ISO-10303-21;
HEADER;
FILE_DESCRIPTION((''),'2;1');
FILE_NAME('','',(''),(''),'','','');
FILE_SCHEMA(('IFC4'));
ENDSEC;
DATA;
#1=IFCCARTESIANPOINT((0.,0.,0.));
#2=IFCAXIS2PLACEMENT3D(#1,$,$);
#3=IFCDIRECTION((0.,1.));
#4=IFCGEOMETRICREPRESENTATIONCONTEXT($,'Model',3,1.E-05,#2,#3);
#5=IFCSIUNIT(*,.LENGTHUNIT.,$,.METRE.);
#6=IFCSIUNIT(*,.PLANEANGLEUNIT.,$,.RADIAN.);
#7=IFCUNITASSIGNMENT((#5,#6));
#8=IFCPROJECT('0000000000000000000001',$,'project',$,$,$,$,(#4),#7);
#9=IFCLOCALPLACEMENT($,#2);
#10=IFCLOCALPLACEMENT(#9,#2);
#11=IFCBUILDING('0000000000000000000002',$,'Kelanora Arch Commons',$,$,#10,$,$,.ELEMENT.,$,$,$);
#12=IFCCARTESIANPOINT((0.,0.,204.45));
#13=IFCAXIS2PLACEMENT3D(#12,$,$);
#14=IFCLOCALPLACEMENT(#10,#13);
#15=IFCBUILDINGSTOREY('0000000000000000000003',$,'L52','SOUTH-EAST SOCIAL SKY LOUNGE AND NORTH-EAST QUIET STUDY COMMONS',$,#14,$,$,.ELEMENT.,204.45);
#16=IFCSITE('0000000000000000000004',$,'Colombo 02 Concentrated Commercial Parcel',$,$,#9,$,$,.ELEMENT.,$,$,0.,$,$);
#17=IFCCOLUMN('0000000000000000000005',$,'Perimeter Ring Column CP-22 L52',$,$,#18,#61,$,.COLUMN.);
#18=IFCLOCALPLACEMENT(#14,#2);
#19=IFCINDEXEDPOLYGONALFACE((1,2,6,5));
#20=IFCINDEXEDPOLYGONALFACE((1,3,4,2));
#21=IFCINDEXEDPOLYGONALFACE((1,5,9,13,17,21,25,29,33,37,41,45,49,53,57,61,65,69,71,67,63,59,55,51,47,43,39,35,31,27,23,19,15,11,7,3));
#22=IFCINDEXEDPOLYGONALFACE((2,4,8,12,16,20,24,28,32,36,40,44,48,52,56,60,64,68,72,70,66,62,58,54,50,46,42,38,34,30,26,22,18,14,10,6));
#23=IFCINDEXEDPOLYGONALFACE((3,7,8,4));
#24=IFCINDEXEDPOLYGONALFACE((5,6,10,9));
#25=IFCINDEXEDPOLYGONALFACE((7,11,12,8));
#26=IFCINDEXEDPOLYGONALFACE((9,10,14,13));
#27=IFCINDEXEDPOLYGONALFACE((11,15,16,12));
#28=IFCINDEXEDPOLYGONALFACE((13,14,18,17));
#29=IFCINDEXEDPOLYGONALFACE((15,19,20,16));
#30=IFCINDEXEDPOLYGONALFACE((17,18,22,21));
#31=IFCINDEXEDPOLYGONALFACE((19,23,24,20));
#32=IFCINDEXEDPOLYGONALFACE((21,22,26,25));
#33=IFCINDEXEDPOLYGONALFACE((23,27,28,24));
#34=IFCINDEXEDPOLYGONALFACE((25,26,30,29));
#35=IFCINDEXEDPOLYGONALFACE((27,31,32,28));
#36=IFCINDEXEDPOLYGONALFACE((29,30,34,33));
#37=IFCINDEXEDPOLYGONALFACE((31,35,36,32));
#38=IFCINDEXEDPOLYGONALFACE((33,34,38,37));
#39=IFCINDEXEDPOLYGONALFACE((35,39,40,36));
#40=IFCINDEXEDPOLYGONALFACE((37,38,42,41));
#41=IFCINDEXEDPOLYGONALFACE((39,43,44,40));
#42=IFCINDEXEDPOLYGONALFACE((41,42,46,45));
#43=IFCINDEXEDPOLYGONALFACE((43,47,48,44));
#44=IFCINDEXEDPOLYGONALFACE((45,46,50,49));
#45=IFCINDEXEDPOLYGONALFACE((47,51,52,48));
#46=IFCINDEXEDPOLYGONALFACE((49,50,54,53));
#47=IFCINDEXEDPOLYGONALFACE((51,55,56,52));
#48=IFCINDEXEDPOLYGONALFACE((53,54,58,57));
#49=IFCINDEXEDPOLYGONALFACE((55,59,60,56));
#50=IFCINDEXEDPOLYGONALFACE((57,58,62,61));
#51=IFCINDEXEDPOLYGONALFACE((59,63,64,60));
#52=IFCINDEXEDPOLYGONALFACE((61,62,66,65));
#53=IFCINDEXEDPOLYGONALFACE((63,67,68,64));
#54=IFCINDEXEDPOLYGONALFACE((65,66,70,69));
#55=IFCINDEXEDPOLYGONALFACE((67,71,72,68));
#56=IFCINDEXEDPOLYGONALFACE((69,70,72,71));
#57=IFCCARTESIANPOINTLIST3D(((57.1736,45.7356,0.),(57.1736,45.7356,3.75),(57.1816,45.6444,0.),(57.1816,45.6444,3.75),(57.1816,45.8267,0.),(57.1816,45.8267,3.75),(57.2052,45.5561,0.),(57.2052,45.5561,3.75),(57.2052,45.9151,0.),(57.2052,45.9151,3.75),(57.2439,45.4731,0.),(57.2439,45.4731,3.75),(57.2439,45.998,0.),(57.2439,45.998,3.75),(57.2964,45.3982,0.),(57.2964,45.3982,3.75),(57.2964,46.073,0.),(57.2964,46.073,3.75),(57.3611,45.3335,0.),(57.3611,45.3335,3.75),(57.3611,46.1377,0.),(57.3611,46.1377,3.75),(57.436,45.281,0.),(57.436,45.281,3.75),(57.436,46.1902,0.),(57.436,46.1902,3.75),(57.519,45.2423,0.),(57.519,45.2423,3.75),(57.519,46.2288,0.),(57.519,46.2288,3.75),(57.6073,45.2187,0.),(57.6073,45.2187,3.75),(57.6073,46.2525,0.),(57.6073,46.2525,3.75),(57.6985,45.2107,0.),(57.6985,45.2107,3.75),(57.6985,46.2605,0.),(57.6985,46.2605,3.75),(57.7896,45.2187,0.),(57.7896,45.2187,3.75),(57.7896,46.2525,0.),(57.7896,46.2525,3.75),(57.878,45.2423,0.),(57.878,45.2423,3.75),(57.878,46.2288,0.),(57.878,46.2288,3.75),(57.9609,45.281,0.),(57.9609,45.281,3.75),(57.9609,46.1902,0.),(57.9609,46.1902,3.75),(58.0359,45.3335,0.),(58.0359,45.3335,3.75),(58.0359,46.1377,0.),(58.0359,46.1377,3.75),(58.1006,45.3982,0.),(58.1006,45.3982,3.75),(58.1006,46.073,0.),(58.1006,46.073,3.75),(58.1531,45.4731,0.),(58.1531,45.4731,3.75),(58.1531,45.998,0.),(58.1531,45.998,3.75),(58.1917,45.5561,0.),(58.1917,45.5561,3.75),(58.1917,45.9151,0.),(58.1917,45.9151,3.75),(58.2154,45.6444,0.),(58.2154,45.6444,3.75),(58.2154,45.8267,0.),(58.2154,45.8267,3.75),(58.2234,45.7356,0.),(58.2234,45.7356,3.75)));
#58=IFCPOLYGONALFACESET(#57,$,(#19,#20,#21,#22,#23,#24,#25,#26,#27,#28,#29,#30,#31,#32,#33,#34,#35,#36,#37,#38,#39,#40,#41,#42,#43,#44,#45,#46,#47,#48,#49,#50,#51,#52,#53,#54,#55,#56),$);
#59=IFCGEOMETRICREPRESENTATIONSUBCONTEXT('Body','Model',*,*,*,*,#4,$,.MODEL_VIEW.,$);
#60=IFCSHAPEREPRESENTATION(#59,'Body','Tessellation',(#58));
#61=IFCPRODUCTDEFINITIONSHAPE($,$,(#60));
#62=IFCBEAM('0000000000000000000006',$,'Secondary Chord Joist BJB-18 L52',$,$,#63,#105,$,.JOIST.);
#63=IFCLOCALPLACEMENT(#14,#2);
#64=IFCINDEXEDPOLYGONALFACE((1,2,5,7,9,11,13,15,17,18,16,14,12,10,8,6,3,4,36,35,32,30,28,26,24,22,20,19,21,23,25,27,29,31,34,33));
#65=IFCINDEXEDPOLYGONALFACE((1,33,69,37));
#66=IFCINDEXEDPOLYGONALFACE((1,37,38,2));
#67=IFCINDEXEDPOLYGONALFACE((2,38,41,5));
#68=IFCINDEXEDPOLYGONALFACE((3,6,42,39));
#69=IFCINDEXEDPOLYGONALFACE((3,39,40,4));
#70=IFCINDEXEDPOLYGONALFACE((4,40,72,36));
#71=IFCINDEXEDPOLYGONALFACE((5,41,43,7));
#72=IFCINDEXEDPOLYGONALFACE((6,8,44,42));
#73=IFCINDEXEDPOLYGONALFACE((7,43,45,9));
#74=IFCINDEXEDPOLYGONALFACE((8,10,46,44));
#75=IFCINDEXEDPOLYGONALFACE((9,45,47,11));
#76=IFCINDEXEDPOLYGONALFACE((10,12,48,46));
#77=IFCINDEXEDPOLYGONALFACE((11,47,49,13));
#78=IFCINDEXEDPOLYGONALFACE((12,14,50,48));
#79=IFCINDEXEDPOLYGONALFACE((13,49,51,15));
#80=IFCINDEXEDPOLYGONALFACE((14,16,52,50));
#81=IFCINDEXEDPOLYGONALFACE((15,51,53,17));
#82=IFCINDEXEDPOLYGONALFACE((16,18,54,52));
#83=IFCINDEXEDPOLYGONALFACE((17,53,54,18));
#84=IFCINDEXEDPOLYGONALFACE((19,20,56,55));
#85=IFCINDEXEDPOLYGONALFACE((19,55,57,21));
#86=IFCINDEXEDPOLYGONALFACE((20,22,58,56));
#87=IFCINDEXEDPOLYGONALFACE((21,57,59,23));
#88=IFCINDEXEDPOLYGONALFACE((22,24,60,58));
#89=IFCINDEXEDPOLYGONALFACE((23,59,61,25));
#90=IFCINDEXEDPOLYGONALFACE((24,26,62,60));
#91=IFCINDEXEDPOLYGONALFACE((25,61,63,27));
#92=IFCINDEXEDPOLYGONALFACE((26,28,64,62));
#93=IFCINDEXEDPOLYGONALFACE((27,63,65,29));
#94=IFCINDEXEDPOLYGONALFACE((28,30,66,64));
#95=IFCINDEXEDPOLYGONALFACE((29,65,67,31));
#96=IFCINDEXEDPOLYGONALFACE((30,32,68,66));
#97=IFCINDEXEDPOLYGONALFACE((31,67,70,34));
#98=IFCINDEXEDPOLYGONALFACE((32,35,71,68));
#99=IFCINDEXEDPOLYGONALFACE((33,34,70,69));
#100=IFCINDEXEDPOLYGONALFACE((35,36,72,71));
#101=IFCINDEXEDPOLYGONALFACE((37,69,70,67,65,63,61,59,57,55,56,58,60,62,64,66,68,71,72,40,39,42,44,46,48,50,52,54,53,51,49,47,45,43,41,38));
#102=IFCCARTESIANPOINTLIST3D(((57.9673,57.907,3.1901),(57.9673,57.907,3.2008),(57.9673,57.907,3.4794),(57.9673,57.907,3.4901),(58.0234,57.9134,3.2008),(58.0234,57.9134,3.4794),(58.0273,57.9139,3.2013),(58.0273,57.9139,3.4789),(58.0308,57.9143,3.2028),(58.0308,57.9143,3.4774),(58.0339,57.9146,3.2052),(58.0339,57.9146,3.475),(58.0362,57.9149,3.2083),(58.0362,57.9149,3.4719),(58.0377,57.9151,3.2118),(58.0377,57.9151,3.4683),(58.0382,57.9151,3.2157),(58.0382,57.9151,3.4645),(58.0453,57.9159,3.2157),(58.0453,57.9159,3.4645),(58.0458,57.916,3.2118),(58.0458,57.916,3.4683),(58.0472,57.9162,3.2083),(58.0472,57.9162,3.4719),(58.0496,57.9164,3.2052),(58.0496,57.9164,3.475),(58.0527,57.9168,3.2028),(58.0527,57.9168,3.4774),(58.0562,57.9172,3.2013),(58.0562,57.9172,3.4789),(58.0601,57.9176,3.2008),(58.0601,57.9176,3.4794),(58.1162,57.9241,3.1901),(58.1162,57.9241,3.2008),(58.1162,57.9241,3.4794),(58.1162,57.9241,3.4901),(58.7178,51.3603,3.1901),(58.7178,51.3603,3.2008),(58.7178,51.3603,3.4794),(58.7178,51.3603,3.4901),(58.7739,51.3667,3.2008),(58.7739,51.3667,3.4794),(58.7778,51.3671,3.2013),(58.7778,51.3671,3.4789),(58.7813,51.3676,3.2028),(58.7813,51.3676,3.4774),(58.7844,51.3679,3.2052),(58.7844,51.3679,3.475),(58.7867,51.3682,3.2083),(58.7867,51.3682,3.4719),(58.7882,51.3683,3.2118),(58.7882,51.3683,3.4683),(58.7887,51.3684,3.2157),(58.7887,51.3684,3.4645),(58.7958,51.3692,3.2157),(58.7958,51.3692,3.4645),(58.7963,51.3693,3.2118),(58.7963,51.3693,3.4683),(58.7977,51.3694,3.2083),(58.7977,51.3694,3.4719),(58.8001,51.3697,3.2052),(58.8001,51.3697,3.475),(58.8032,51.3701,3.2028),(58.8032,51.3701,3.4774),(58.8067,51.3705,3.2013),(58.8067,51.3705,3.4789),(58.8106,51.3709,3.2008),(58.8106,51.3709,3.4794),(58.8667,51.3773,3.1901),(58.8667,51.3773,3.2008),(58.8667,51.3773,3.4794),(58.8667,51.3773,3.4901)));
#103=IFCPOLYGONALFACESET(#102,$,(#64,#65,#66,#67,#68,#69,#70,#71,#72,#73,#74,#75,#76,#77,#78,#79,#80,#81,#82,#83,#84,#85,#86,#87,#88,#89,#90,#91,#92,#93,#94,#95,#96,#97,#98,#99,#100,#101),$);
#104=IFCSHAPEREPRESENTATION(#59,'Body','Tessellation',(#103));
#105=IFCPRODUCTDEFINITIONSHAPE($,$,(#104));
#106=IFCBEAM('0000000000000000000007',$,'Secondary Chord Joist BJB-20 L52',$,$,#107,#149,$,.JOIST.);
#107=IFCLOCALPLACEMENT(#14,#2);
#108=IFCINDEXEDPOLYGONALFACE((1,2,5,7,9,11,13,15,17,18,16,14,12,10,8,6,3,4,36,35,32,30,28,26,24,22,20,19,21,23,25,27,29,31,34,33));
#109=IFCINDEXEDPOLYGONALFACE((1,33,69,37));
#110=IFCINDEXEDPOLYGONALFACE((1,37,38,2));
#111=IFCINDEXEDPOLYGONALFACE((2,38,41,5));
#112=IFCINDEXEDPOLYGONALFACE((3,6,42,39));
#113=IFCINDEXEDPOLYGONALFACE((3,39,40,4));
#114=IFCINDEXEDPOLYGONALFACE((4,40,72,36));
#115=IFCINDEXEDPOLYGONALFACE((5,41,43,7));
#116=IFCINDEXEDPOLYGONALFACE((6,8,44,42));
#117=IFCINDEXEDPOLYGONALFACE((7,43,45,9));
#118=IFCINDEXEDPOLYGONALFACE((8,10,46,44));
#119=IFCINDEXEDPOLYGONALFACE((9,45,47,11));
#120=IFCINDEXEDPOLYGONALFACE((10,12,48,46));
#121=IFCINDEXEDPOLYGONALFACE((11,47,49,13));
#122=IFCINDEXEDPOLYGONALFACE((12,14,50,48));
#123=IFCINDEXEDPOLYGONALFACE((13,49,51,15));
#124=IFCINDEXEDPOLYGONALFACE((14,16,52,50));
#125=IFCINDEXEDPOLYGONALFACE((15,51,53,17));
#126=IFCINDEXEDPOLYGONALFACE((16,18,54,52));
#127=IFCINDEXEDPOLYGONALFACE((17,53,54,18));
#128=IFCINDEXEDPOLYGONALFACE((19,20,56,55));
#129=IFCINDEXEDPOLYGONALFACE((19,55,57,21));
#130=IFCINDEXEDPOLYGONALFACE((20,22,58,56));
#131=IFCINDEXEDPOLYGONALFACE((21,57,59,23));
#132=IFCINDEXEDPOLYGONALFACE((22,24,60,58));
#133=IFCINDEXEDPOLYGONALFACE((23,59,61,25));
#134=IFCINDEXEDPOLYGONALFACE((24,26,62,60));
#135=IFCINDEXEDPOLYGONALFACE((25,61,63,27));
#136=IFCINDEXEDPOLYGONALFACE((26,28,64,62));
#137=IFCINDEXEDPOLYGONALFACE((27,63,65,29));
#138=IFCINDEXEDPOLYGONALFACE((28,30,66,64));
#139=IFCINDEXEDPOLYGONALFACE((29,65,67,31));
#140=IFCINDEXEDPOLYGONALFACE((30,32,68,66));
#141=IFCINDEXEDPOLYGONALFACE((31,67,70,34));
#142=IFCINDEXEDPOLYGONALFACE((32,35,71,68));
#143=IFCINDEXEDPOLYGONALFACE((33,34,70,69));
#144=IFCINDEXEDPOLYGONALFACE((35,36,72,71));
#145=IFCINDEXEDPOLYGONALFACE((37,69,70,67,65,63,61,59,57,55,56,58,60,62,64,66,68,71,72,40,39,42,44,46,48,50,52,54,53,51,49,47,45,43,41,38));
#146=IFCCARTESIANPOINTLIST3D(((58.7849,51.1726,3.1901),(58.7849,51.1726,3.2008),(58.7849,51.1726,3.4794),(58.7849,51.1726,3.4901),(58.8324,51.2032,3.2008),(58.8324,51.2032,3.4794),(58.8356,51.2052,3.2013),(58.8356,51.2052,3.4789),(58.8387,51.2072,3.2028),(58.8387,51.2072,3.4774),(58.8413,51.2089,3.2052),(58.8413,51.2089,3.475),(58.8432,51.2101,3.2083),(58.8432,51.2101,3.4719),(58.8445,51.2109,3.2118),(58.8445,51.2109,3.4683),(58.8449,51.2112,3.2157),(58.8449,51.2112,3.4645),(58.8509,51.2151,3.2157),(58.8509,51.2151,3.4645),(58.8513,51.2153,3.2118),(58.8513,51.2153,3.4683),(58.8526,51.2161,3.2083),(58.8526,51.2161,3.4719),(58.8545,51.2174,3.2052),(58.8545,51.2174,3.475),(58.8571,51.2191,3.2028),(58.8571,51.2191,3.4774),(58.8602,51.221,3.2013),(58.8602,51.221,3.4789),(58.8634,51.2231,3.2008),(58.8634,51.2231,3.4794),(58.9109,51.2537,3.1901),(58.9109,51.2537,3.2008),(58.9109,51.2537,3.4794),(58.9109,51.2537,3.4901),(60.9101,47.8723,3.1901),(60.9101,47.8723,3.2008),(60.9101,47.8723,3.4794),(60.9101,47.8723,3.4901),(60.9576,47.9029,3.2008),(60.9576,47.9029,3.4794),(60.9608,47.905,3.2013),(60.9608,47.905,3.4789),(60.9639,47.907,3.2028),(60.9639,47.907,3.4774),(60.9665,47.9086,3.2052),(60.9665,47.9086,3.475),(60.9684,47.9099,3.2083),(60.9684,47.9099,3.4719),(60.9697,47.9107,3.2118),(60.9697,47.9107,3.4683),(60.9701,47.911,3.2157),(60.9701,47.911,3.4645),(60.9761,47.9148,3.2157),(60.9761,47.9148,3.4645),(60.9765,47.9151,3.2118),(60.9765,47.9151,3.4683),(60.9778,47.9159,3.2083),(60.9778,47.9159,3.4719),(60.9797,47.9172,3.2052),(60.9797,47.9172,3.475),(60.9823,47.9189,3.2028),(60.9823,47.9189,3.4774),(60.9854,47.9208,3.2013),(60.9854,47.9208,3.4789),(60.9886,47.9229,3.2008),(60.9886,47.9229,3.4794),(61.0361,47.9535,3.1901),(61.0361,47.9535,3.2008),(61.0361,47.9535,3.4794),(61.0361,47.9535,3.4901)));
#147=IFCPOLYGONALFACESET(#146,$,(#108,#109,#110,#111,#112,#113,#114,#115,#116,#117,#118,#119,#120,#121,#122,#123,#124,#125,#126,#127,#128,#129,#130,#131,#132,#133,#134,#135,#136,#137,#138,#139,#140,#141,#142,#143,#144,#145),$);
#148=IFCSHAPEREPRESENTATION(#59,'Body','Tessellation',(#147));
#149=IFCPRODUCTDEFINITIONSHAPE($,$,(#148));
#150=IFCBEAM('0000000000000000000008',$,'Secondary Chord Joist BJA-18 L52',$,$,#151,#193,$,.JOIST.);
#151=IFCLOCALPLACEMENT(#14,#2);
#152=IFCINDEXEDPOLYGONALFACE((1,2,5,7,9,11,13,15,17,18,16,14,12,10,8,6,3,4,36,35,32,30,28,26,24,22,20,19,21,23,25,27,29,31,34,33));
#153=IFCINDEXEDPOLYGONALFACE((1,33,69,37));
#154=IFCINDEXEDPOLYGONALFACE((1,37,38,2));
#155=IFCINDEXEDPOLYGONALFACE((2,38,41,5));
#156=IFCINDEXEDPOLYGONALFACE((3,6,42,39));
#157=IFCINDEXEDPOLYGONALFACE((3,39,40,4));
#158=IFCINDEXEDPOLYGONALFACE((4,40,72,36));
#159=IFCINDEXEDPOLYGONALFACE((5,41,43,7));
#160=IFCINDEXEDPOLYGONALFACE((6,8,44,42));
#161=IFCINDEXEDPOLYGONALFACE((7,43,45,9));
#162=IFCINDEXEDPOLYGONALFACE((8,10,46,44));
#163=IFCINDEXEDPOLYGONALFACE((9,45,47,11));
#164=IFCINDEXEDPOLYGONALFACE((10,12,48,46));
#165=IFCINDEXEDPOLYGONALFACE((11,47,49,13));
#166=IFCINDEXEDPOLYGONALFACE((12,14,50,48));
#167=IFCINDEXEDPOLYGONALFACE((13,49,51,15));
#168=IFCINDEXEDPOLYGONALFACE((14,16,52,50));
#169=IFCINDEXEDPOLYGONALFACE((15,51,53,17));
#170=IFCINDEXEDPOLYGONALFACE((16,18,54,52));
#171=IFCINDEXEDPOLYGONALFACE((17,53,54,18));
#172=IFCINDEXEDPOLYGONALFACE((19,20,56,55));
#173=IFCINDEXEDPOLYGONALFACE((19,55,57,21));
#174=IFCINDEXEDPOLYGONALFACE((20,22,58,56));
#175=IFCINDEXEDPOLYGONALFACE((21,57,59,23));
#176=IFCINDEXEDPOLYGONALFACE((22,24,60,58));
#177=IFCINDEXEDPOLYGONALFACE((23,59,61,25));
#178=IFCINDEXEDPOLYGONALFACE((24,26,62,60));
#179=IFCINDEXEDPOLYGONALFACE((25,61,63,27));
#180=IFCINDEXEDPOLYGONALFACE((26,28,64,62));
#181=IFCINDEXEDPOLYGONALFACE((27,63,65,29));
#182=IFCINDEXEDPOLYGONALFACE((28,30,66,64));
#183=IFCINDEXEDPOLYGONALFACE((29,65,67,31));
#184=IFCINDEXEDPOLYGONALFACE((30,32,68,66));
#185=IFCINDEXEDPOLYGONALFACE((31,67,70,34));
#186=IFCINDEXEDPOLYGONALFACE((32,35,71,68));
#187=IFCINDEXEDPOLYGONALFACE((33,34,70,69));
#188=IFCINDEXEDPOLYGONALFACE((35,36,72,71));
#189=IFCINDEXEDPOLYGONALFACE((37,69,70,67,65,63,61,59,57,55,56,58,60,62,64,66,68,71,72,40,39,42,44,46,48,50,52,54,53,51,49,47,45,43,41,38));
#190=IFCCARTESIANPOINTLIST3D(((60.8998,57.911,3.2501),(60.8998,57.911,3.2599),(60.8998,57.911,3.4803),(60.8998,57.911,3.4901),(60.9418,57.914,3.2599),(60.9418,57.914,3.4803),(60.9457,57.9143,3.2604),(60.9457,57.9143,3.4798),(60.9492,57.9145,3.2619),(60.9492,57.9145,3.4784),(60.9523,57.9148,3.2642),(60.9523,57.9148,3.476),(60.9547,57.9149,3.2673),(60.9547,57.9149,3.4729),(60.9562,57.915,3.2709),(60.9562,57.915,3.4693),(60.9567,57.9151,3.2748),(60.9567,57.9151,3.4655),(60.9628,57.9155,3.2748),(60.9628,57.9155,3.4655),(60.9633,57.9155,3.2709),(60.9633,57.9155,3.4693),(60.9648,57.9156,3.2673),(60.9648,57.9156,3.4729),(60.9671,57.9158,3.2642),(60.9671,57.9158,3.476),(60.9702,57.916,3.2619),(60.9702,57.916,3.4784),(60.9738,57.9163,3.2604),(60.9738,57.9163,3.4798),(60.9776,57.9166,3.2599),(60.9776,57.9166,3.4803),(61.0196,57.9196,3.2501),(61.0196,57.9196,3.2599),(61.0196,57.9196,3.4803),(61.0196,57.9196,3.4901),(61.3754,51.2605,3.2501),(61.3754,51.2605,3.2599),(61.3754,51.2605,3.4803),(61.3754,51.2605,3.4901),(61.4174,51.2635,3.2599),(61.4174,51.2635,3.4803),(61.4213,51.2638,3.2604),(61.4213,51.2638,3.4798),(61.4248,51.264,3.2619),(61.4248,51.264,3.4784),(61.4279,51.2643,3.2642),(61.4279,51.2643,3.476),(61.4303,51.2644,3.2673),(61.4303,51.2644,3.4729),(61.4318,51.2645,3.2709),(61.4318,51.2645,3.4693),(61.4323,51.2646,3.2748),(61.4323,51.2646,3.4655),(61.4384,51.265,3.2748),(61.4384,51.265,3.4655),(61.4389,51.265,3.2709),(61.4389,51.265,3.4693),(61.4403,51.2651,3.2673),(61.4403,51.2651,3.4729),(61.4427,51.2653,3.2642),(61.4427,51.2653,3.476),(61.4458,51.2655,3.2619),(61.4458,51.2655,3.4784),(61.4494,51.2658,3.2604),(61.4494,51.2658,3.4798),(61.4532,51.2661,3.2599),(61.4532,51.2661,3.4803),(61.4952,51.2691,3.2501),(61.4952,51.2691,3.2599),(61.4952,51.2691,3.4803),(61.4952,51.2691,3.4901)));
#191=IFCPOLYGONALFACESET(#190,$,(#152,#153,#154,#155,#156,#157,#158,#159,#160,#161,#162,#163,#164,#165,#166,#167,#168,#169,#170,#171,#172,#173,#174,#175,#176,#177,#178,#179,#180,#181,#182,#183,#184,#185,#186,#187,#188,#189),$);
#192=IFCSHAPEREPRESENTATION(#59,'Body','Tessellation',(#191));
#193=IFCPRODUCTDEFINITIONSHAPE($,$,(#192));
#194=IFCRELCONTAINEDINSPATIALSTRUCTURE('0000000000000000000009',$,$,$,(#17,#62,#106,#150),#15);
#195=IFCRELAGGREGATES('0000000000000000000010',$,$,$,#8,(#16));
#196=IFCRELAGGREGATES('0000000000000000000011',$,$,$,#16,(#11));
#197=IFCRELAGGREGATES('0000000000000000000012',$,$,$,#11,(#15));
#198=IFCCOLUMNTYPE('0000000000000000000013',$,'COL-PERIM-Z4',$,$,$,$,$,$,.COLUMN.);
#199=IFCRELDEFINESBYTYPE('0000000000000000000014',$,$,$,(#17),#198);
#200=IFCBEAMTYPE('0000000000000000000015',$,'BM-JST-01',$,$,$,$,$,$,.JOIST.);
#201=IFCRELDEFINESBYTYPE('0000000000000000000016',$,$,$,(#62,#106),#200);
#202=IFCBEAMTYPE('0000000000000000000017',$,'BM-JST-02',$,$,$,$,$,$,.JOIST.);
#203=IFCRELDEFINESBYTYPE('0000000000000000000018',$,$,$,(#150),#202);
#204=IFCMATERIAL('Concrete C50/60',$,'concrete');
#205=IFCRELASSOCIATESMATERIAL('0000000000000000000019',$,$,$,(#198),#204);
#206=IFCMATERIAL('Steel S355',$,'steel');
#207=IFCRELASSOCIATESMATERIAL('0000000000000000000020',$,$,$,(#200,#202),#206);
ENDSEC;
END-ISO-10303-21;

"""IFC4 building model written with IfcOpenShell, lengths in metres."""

from ifc_helpers import new_model, si_unit, direction, frame, origin, origin_2d, place, context, subcontext, project, spatial, circle, i_section, extrude, material, material_profile, profile_set, type_object, element, save


model = new_model("IFC4")

# Units and contexts
model_context = context("Model", 3, precision=1e-05, world=origin(), true_north=direction((0.0, 1.0)))
body_context = subcontext(model_context, "Body", "Model", "MODEL_VIEW")
ifc_project = project(units=[si_unit("LENGTHUNIT", "METRE"), si_unit("PLANEANGLEUNIT", "RADIAN")], contexts=[model_context])

# Site, building, storey
site_placement = place(None, origin())
site = spatial("IfcSite", under=ifc_project, at=site_placement, Name="Colombo 02 Concentrated Commercial Parcel", CompositionType="ELEMENT", RefElevation=0.0)
building_placement = place(site_placement, origin())
building = spatial("IfcBuilding", under=site, at=building_placement, Name="Kelanora Arch Commons", CompositionType="ELEMENT")
storey_placement = place(building_placement, frame((0.0, 0.0, 204.45)))
storey = spatial("IfcBuildingStorey", under=building, at=storey_placement, Name="L52", Description="SOUTH-EAST SOCIAL SKY LOUNGE AND NORTH-EAST QUIET STUDY COMMONS", CompositionType="ELEMENT", Elevation=204.45)

# Column
ifc_material_1 = material(Name="Concrete C50/60", Category="concrete")
ifc_material_profile_1 = material_profile(ifc_material_1, circle(Radius=0.5249, at=origin_2d()), Name="RCC1050")
ifc_profile_set_1 = profile_set([ifc_material_profile_1], Name="Concrete C50/60")
column_type = type_object("IfcColumnType", Name="COL-PERIM-Z4", PredefinedType="COLUMN", material=ifc_profile_set_1)
column_placement = place(storey_placement, frame((57.6985, 45.7356, 0.0), z_axis=(0.0, 0.0, 1.0), x_axis=(1.0, 0.0, 0.0)))
element("IfcColumn", 1, at=column_placement, inside=storey, type_object=column_type, Name="Perimeter Ring Column CP-22 L52", PredefinedType="COLUMN", context=body_context, shape_type="SweptSolid", body=[
    extrude(circle(Radius=0.5249, at=origin_2d()), origin(), (0.0, 0.0, 1.0), 3.75),
])

# Beams
ifc_material_2 = material(Name="Steel S355", Category="steel")
ifc_material_profile_2 = material_profile(ifc_material_2, i_section(OverallWidth=0.1499, OverallDepth=0.3, WebThickness=0.0071, FlangeThickness=0.0107, FilletRadius=0.0149, at=origin_2d()), Name="IPE300")
ifc_profile_set_2 = profile_set([ifc_material_profile_2], Name="Steel S355")
beam_type_1 = type_object("IfcBeamType", Name="BM-JST-01", PredefinedType="JOIST", material=ifc_profile_set_2)
beam_1_placement = place(storey_placement, frame((58.0417, 57.9155, 3.3401), z_axis=(0.113891, -0.993493, 0.0), x_axis=(0.993493, 0.113891, 0.0)))
element("IfcBeam", 2, at=beam_1_placement, inside=storey, type_object=beam_type_1, Name="Secondary Chord Joist BJB-18 L52", PredefinedType="JOIST", context=body_context, shape_type="SweptSolid", body=[
    extrude(i_section(OverallWidth=0.1499, OverallDepth=0.3, WebThickness=0.0071, FlangeThickness=0.0107, FilletRadius=0.0149, at=origin_2d()), origin(), (0.0, 0.0, 1.0), 6.5896),
])
beam_2_placement = place(storey_placement, frame((58.8479, 51.2131, 3.3401), z_axis=(0.541411, -0.840758, 0.0), x_axis=(0.840758, 0.541411, 0.0)))
element("IfcBeam", 3, at=beam_2_placement, inside=storey, type_object=beam_type_1, Name="Secondary Chord Joist BJB-20 L52", PredefinedType="JOIST", context=body_context, shape_type="SweptSolid", body=[
    extrude(i_section(OverallWidth=0.1499, OverallDepth=0.3, WebThickness=0.0071, FlangeThickness=0.0107, FilletRadius=0.0149, at=origin_2d()), origin(), (0.0, 0.0, 1.0), 3.9253),
])
ifc_material_profile_3 = material_profile(ifc_material_2, i_section(OverallWidth=0.1201, OverallDepth=0.24, WebThickness=0.0061, FlangeThickness=0.0098, FilletRadius=0.0149, at=origin_2d()), Name="IPE240")
ifc_profile_set_3 = profile_set([ifc_material_profile_3], Name="Steel S355")
beam_type_2 = type_object("IfcBeamType", Name="BM-JST-02", PredefinedType="JOIST", material=ifc_profile_set_3)
beam_3_placement = place(storey_placement, frame((60.9597, 57.9153, 3.3701), z_axis=(0.07133, -0.997453, 0.0), x_axis=(0.997453, 0.07133, 0.0)))
element("IfcBeam", 4, at=beam_3_placement, inside=storey, type_object=beam_type_2, Name="Secondary Chord Joist BJA-18 L52", PredefinedType="JOIST", context=body_context, shape_type="SweptSolid", body=[
    extrude(i_section(OverallWidth=0.1201, OverallDepth=0.24, WebThickness=0.0061, FlangeThickness=0.0098, FilletRadius=0.0149, at=origin_2d()), origin(), (0.0, 0.0, 1.0), 6.6675),
])

save(model, "model.ifc")
